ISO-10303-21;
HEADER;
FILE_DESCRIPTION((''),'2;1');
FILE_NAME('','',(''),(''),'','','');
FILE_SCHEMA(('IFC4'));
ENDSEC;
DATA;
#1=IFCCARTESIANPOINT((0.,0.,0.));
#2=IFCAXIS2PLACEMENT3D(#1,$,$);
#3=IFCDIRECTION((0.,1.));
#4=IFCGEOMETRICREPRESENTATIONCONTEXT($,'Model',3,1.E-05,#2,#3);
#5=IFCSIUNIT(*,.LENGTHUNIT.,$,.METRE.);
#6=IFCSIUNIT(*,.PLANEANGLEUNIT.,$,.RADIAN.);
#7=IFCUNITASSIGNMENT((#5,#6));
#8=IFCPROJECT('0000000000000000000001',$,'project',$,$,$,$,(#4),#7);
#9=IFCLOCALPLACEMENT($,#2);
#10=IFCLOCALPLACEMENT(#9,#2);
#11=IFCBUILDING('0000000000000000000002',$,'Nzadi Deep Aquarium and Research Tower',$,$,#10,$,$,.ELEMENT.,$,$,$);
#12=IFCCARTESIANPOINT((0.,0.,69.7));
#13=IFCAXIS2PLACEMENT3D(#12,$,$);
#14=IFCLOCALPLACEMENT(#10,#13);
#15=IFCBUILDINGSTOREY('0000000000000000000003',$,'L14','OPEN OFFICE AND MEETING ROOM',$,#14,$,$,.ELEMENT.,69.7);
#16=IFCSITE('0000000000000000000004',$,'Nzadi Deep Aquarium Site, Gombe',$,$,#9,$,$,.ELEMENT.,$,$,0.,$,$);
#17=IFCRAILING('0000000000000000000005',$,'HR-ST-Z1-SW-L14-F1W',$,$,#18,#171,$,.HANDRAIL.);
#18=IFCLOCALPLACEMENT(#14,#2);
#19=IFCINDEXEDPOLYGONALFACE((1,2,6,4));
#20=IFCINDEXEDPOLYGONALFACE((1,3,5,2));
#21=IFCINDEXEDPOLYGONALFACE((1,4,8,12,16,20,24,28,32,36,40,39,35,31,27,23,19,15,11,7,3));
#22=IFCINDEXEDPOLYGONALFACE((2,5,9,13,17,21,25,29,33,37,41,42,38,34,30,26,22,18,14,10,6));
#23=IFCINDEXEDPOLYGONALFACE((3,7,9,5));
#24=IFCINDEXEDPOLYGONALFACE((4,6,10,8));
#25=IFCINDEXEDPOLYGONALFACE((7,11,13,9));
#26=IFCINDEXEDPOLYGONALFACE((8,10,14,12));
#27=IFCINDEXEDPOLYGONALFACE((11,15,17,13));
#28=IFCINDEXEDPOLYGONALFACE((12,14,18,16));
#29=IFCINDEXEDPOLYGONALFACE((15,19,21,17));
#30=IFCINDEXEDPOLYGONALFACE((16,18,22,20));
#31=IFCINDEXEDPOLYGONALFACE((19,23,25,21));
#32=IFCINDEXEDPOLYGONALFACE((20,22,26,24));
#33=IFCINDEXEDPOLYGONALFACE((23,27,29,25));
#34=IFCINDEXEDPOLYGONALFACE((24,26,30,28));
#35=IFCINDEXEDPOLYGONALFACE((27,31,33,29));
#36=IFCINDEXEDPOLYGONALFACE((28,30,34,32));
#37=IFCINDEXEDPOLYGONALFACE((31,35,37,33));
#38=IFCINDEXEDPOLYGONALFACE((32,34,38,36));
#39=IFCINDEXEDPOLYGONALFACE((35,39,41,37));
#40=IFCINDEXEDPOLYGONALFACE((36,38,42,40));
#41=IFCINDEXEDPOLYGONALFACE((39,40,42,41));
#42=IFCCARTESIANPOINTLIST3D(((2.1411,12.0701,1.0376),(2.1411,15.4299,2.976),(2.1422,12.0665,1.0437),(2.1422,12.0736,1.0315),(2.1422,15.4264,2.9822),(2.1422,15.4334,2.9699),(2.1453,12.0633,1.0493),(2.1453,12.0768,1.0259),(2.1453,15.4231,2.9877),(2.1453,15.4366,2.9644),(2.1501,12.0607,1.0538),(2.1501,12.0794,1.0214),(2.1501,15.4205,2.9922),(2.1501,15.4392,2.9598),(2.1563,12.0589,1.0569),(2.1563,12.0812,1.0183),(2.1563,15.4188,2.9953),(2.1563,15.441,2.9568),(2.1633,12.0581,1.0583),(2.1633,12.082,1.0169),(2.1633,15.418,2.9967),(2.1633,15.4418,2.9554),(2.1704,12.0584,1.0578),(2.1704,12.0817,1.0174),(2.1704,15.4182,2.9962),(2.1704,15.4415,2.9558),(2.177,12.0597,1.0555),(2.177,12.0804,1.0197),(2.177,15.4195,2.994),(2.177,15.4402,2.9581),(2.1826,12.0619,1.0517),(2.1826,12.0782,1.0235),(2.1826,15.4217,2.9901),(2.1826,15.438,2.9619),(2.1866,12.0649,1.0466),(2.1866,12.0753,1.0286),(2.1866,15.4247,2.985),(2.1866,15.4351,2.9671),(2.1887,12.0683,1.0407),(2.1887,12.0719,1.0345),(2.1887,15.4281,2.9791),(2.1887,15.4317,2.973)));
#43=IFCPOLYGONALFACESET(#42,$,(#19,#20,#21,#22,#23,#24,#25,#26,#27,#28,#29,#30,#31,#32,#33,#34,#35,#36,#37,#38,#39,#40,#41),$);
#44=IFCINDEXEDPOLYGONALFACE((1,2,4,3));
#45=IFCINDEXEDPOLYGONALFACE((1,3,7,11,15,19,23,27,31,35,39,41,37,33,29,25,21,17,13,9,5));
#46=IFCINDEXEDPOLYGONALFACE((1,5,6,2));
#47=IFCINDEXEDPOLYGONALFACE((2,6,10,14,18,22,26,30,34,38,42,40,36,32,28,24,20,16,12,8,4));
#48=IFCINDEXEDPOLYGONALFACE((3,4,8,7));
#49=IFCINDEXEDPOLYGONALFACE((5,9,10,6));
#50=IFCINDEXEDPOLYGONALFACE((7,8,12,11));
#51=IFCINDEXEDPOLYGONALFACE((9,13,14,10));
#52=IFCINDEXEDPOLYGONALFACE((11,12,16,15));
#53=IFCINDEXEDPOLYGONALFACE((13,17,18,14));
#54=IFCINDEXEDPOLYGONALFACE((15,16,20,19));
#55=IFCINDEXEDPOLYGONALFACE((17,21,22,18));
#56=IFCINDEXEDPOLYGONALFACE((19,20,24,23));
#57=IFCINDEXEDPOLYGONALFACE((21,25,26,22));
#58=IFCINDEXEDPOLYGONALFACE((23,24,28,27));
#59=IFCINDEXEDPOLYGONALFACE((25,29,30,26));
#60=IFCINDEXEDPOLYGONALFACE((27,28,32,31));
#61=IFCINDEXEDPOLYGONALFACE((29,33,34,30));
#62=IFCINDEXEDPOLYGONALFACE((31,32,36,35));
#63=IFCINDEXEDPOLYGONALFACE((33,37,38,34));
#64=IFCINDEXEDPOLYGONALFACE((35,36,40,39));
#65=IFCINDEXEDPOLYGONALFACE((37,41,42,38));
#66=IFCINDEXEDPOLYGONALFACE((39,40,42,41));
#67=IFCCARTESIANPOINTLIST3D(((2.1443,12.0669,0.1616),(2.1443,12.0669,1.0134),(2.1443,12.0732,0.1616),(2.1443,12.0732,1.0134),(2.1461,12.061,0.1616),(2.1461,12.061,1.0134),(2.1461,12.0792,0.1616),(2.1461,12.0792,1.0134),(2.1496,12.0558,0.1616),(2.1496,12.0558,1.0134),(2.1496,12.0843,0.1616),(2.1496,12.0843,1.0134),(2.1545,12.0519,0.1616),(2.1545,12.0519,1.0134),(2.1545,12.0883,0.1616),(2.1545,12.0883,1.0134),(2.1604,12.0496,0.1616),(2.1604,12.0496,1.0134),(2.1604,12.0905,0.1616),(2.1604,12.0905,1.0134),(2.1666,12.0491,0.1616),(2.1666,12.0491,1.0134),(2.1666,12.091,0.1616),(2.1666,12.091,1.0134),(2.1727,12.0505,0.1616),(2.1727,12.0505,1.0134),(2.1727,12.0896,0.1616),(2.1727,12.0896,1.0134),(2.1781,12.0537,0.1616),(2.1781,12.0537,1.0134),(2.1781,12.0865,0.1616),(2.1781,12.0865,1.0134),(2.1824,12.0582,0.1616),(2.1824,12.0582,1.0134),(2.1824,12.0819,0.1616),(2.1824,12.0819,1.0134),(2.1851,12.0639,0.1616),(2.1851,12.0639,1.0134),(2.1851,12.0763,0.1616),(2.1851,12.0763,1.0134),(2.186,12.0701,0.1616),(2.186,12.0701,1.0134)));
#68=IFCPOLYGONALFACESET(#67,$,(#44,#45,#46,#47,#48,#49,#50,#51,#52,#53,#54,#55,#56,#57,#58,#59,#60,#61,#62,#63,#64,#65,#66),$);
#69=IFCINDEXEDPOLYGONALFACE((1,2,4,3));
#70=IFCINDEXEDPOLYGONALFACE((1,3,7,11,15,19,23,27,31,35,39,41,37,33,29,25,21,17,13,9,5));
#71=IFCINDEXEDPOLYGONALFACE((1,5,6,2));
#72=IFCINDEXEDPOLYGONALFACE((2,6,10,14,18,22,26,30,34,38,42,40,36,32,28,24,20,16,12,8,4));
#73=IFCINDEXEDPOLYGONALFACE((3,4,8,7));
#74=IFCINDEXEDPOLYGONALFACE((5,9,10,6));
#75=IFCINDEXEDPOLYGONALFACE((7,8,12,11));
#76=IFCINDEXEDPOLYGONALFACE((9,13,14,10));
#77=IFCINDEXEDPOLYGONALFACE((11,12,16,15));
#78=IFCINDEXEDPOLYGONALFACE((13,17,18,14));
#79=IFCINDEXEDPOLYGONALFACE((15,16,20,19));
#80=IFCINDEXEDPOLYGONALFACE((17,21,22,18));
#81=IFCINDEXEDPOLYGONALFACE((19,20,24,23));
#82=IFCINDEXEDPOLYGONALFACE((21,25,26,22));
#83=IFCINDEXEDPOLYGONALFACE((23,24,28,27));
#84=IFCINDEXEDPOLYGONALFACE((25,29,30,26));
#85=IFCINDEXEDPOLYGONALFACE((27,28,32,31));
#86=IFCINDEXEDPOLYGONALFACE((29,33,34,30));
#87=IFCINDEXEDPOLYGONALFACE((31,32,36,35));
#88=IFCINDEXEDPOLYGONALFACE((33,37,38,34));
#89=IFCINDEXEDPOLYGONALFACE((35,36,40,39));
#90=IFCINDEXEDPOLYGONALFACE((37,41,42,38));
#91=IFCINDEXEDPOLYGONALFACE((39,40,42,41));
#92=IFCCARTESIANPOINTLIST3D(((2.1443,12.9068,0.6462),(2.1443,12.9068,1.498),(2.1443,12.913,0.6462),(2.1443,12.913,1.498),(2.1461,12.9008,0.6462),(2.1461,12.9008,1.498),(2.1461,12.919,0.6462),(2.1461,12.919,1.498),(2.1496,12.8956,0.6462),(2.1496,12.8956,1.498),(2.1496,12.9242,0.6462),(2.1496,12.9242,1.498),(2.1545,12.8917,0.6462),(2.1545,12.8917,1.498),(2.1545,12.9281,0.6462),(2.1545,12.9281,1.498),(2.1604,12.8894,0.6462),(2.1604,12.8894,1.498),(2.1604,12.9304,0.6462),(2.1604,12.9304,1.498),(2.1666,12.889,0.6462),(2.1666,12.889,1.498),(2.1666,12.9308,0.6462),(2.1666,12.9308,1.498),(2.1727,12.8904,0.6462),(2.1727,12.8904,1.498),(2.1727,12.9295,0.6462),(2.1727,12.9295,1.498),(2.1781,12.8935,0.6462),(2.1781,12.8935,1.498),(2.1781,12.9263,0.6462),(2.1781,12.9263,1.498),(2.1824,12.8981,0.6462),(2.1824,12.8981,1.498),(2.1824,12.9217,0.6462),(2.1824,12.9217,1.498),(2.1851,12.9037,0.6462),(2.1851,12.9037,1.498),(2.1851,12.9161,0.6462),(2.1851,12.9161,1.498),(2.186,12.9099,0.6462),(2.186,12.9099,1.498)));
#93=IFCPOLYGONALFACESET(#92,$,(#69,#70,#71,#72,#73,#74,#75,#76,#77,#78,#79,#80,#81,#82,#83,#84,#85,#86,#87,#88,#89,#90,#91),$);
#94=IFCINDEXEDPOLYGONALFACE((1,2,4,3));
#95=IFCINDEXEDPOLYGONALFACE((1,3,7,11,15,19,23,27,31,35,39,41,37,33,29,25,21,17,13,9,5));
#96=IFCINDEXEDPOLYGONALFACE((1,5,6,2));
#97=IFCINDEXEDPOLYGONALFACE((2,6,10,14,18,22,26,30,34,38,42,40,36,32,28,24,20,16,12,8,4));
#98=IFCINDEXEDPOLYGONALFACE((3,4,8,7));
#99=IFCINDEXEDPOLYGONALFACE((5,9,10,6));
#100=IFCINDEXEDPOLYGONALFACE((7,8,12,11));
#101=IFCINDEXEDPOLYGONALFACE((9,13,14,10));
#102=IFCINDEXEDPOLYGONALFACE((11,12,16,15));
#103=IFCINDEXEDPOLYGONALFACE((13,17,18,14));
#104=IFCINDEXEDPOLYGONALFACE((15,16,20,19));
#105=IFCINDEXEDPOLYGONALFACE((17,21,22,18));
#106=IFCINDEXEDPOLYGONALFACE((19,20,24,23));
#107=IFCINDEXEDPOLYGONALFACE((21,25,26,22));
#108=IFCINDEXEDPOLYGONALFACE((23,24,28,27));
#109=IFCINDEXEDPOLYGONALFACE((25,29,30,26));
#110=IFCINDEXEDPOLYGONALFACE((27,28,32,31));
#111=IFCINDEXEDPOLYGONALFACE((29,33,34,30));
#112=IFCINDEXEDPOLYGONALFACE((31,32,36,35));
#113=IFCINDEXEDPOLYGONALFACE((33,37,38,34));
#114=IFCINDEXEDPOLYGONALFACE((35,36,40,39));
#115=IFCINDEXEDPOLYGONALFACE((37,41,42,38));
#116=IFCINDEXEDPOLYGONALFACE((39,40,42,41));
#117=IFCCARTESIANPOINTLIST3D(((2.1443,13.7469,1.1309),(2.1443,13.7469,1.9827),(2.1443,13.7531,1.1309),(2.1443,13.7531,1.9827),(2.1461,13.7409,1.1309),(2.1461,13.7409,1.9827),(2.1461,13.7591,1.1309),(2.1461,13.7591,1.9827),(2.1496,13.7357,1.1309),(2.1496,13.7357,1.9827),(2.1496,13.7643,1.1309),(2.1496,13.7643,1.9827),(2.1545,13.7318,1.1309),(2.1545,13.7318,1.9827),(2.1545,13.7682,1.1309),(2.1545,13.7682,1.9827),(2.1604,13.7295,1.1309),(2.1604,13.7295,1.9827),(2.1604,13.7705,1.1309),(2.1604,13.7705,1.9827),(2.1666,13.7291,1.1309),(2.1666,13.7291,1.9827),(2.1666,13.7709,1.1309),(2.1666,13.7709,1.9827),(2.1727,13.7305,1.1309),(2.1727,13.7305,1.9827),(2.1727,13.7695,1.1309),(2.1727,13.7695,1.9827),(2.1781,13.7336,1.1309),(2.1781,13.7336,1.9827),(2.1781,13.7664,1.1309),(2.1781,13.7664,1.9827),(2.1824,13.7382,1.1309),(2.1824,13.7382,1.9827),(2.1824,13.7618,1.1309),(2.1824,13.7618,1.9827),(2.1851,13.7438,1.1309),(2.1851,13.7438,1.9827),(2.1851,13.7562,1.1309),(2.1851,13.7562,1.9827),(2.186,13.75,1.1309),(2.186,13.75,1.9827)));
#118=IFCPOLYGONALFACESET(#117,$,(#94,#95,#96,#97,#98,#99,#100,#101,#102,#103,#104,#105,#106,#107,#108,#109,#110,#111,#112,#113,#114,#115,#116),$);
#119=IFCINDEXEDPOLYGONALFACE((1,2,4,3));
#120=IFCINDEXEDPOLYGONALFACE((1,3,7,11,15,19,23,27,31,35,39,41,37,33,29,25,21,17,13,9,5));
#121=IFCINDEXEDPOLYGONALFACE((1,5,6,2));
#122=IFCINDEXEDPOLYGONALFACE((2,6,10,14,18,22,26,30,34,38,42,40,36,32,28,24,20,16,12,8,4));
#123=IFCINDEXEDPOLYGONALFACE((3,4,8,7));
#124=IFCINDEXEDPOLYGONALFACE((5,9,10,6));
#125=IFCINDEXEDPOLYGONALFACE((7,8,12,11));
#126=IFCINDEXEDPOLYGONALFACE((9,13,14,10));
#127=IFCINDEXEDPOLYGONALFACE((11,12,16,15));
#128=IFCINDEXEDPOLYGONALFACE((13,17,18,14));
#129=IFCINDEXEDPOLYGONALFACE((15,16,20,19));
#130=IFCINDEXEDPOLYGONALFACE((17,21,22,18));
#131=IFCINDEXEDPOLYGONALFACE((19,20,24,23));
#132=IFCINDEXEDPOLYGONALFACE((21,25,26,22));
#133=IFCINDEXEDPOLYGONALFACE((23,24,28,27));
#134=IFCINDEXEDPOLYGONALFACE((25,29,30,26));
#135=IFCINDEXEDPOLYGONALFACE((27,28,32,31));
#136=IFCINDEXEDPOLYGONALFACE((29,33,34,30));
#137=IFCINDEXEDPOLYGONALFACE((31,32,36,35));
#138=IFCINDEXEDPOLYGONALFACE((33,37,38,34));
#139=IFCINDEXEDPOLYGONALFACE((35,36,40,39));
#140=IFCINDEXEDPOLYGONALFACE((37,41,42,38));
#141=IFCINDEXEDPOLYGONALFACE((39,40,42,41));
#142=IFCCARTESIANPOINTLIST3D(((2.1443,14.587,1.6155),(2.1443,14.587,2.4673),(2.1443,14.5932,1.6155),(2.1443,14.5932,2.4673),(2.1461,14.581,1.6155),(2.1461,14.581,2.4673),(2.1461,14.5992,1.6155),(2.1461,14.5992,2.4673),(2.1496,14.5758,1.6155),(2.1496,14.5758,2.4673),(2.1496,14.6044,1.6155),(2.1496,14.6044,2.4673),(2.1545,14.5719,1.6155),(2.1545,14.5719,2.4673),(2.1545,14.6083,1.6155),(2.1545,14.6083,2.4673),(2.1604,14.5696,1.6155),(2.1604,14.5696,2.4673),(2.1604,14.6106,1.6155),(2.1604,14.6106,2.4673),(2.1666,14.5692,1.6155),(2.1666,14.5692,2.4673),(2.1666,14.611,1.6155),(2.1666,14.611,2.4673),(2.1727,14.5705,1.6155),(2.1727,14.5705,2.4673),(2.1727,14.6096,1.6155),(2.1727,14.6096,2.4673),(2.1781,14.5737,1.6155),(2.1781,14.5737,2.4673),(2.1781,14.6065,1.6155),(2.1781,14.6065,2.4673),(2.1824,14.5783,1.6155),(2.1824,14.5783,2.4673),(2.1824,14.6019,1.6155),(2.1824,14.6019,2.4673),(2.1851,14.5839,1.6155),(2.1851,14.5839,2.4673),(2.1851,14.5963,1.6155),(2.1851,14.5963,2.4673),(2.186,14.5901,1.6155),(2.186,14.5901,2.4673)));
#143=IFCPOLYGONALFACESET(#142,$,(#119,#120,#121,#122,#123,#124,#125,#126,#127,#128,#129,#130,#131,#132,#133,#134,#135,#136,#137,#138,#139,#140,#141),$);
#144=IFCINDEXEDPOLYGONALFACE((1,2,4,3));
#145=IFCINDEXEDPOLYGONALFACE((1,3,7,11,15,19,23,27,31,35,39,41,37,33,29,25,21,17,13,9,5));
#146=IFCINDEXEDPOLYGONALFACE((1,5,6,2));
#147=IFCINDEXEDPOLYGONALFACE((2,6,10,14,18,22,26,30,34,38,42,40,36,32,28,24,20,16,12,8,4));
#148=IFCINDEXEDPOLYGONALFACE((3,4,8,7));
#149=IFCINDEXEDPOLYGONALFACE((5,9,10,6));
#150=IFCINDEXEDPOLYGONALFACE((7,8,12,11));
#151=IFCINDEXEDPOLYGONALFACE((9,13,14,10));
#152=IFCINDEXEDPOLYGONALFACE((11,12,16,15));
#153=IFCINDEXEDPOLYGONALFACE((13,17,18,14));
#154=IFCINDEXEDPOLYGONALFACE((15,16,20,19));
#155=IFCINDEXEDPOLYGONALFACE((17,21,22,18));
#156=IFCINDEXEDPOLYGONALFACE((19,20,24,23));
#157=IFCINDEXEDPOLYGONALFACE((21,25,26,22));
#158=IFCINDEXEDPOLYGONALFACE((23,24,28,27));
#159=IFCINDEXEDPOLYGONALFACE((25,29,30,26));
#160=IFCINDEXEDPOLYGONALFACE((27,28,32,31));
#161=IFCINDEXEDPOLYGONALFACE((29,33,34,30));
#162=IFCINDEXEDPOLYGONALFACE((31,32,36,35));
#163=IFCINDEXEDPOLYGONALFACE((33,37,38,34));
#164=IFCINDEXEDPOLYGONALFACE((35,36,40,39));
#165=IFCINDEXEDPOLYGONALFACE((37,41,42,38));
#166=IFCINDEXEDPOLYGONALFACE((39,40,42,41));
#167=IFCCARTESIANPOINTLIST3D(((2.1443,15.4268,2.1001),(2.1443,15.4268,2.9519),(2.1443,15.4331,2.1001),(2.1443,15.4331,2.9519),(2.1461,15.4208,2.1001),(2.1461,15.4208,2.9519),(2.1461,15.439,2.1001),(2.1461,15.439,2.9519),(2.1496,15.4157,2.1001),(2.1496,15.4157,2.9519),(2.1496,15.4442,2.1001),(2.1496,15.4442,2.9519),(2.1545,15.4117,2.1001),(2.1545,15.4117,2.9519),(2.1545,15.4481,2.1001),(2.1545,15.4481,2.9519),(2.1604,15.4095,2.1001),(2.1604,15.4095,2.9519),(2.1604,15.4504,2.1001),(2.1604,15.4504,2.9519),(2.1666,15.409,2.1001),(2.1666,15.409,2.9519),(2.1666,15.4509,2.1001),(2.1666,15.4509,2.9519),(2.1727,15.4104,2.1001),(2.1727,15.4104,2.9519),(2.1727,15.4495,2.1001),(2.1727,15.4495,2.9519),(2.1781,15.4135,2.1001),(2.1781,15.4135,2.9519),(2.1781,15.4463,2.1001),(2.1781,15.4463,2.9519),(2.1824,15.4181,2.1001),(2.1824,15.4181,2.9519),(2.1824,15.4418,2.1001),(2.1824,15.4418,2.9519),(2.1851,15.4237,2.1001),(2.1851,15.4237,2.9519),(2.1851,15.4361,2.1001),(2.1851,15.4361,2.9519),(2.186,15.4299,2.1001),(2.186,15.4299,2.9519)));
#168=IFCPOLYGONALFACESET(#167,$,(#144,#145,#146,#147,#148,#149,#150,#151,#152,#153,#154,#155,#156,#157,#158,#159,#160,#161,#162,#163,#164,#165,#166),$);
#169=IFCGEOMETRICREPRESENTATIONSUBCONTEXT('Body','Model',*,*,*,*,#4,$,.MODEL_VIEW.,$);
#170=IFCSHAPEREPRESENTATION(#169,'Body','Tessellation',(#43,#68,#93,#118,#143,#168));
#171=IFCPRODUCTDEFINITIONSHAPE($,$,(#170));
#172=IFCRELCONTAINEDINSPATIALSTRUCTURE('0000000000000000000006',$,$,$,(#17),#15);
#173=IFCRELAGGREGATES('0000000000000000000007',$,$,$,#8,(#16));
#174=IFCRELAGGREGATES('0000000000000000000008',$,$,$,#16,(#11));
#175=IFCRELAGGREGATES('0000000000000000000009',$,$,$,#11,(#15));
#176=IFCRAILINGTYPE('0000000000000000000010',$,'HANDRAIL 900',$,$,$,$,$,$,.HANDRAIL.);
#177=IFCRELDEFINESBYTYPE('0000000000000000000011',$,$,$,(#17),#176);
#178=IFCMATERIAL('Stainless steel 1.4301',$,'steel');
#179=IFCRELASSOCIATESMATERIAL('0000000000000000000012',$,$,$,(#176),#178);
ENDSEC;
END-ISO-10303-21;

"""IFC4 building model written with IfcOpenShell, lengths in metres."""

from ifc_helpers import new_model, si_unit, direction, frame, origin, origin_2d, place, context, subcontext, project, spatial, circle, extrude, material, type_object, element, save


model = new_model("IFC4")

# Units and contexts
model_context = context("Model", 3, precision=1e-05, world=origin(), true_north=direction((0.0, 1.0)))
body_context = subcontext(model_context, "Body", "Model", "MODEL_VIEW")
ifc_project = project(units=[si_unit("LENGTHUNIT", "METRE"), si_unit("PLANEANGLEUNIT", "RADIAN")], contexts=[model_context])

# Site, building, storey
site_placement = place(None, origin())
site = spatial("IfcSite", under=ifc_project, at=site_placement, Name="Nzadi Deep Aquarium Site, Gombe", CompositionType="ELEMENT", RefElevation=0.0)
building_placement = place(site_placement, origin())
building = spatial("IfcBuilding", under=site, at=building_placement, Name="Nzadi Deep Aquarium and Research Tower", CompositionType="ELEMENT")
storey_placement = place(building_placement, frame((0.0, 0.0, 69.7)))
storey = spatial("IfcBuildingStorey", under=building, at=storey_placement, Name="L14", Description="OPEN OFFICE AND MEETING ROOM", CompositionType="ELEMENT", Elevation=69.7)

# Railing
ifc_material_1 = material(Name="Stainless steel 1.4301", Category="steel")
railing_type = type_object("IfcRailingType", Name="HANDRAIL 900", PredefinedType="HANDRAIL", material=ifc_material_1)
for number, where, name in (
    (1, (2.165, 12.0701, 0.1616), "HR-ST-Z1-SW-L14-F1W"),
):
    element("IfcRailing", number, at=place(storey_placement, frame(where)), inside=storey, type_object=railing_type, Name=name, PredefinedType="HANDRAIL", context=body_context, shape_type="SweptSolid", body=[
        extrude(circle(Radius=0.0239, at=origin_2d()), frame((0.0, 0.0, 0.876), z_axis=(0.0, 0.866175, 0.499741), x_axis=(-1.0, 0.0, 0.0)), (0.0, 0.0, 1.0), 3.8789),
        extrude(circle(Radius=0.021, at=origin_2d()), origin(), (0.0, 0.0, 1.0), 0.8518),
        extrude(circle(Radius=0.021, at=origin_2d()), frame((0.0, 0.8398, 0.4846)), (0.0, 0.0, 1.0), 0.8518),
        extrude(circle(Radius=0.021, at=origin_2d()), frame((0.0, 1.6799, 0.9692)), (0.0, 0.0, 1.0), 0.8518),
        extrude(circle(Radius=0.021, at=origin_2d()), frame((0.0, 2.52, 1.4539)), (0.0, 0.0, 1.0), 0.8518),
        extrude(circle(Radius=0.021, at=origin_2d()), frame((0.0, 3.3599, 1.9385)), (0.0, 0.0, 1.0), 0.8518),
    ])

save(model, "model.ifc")
